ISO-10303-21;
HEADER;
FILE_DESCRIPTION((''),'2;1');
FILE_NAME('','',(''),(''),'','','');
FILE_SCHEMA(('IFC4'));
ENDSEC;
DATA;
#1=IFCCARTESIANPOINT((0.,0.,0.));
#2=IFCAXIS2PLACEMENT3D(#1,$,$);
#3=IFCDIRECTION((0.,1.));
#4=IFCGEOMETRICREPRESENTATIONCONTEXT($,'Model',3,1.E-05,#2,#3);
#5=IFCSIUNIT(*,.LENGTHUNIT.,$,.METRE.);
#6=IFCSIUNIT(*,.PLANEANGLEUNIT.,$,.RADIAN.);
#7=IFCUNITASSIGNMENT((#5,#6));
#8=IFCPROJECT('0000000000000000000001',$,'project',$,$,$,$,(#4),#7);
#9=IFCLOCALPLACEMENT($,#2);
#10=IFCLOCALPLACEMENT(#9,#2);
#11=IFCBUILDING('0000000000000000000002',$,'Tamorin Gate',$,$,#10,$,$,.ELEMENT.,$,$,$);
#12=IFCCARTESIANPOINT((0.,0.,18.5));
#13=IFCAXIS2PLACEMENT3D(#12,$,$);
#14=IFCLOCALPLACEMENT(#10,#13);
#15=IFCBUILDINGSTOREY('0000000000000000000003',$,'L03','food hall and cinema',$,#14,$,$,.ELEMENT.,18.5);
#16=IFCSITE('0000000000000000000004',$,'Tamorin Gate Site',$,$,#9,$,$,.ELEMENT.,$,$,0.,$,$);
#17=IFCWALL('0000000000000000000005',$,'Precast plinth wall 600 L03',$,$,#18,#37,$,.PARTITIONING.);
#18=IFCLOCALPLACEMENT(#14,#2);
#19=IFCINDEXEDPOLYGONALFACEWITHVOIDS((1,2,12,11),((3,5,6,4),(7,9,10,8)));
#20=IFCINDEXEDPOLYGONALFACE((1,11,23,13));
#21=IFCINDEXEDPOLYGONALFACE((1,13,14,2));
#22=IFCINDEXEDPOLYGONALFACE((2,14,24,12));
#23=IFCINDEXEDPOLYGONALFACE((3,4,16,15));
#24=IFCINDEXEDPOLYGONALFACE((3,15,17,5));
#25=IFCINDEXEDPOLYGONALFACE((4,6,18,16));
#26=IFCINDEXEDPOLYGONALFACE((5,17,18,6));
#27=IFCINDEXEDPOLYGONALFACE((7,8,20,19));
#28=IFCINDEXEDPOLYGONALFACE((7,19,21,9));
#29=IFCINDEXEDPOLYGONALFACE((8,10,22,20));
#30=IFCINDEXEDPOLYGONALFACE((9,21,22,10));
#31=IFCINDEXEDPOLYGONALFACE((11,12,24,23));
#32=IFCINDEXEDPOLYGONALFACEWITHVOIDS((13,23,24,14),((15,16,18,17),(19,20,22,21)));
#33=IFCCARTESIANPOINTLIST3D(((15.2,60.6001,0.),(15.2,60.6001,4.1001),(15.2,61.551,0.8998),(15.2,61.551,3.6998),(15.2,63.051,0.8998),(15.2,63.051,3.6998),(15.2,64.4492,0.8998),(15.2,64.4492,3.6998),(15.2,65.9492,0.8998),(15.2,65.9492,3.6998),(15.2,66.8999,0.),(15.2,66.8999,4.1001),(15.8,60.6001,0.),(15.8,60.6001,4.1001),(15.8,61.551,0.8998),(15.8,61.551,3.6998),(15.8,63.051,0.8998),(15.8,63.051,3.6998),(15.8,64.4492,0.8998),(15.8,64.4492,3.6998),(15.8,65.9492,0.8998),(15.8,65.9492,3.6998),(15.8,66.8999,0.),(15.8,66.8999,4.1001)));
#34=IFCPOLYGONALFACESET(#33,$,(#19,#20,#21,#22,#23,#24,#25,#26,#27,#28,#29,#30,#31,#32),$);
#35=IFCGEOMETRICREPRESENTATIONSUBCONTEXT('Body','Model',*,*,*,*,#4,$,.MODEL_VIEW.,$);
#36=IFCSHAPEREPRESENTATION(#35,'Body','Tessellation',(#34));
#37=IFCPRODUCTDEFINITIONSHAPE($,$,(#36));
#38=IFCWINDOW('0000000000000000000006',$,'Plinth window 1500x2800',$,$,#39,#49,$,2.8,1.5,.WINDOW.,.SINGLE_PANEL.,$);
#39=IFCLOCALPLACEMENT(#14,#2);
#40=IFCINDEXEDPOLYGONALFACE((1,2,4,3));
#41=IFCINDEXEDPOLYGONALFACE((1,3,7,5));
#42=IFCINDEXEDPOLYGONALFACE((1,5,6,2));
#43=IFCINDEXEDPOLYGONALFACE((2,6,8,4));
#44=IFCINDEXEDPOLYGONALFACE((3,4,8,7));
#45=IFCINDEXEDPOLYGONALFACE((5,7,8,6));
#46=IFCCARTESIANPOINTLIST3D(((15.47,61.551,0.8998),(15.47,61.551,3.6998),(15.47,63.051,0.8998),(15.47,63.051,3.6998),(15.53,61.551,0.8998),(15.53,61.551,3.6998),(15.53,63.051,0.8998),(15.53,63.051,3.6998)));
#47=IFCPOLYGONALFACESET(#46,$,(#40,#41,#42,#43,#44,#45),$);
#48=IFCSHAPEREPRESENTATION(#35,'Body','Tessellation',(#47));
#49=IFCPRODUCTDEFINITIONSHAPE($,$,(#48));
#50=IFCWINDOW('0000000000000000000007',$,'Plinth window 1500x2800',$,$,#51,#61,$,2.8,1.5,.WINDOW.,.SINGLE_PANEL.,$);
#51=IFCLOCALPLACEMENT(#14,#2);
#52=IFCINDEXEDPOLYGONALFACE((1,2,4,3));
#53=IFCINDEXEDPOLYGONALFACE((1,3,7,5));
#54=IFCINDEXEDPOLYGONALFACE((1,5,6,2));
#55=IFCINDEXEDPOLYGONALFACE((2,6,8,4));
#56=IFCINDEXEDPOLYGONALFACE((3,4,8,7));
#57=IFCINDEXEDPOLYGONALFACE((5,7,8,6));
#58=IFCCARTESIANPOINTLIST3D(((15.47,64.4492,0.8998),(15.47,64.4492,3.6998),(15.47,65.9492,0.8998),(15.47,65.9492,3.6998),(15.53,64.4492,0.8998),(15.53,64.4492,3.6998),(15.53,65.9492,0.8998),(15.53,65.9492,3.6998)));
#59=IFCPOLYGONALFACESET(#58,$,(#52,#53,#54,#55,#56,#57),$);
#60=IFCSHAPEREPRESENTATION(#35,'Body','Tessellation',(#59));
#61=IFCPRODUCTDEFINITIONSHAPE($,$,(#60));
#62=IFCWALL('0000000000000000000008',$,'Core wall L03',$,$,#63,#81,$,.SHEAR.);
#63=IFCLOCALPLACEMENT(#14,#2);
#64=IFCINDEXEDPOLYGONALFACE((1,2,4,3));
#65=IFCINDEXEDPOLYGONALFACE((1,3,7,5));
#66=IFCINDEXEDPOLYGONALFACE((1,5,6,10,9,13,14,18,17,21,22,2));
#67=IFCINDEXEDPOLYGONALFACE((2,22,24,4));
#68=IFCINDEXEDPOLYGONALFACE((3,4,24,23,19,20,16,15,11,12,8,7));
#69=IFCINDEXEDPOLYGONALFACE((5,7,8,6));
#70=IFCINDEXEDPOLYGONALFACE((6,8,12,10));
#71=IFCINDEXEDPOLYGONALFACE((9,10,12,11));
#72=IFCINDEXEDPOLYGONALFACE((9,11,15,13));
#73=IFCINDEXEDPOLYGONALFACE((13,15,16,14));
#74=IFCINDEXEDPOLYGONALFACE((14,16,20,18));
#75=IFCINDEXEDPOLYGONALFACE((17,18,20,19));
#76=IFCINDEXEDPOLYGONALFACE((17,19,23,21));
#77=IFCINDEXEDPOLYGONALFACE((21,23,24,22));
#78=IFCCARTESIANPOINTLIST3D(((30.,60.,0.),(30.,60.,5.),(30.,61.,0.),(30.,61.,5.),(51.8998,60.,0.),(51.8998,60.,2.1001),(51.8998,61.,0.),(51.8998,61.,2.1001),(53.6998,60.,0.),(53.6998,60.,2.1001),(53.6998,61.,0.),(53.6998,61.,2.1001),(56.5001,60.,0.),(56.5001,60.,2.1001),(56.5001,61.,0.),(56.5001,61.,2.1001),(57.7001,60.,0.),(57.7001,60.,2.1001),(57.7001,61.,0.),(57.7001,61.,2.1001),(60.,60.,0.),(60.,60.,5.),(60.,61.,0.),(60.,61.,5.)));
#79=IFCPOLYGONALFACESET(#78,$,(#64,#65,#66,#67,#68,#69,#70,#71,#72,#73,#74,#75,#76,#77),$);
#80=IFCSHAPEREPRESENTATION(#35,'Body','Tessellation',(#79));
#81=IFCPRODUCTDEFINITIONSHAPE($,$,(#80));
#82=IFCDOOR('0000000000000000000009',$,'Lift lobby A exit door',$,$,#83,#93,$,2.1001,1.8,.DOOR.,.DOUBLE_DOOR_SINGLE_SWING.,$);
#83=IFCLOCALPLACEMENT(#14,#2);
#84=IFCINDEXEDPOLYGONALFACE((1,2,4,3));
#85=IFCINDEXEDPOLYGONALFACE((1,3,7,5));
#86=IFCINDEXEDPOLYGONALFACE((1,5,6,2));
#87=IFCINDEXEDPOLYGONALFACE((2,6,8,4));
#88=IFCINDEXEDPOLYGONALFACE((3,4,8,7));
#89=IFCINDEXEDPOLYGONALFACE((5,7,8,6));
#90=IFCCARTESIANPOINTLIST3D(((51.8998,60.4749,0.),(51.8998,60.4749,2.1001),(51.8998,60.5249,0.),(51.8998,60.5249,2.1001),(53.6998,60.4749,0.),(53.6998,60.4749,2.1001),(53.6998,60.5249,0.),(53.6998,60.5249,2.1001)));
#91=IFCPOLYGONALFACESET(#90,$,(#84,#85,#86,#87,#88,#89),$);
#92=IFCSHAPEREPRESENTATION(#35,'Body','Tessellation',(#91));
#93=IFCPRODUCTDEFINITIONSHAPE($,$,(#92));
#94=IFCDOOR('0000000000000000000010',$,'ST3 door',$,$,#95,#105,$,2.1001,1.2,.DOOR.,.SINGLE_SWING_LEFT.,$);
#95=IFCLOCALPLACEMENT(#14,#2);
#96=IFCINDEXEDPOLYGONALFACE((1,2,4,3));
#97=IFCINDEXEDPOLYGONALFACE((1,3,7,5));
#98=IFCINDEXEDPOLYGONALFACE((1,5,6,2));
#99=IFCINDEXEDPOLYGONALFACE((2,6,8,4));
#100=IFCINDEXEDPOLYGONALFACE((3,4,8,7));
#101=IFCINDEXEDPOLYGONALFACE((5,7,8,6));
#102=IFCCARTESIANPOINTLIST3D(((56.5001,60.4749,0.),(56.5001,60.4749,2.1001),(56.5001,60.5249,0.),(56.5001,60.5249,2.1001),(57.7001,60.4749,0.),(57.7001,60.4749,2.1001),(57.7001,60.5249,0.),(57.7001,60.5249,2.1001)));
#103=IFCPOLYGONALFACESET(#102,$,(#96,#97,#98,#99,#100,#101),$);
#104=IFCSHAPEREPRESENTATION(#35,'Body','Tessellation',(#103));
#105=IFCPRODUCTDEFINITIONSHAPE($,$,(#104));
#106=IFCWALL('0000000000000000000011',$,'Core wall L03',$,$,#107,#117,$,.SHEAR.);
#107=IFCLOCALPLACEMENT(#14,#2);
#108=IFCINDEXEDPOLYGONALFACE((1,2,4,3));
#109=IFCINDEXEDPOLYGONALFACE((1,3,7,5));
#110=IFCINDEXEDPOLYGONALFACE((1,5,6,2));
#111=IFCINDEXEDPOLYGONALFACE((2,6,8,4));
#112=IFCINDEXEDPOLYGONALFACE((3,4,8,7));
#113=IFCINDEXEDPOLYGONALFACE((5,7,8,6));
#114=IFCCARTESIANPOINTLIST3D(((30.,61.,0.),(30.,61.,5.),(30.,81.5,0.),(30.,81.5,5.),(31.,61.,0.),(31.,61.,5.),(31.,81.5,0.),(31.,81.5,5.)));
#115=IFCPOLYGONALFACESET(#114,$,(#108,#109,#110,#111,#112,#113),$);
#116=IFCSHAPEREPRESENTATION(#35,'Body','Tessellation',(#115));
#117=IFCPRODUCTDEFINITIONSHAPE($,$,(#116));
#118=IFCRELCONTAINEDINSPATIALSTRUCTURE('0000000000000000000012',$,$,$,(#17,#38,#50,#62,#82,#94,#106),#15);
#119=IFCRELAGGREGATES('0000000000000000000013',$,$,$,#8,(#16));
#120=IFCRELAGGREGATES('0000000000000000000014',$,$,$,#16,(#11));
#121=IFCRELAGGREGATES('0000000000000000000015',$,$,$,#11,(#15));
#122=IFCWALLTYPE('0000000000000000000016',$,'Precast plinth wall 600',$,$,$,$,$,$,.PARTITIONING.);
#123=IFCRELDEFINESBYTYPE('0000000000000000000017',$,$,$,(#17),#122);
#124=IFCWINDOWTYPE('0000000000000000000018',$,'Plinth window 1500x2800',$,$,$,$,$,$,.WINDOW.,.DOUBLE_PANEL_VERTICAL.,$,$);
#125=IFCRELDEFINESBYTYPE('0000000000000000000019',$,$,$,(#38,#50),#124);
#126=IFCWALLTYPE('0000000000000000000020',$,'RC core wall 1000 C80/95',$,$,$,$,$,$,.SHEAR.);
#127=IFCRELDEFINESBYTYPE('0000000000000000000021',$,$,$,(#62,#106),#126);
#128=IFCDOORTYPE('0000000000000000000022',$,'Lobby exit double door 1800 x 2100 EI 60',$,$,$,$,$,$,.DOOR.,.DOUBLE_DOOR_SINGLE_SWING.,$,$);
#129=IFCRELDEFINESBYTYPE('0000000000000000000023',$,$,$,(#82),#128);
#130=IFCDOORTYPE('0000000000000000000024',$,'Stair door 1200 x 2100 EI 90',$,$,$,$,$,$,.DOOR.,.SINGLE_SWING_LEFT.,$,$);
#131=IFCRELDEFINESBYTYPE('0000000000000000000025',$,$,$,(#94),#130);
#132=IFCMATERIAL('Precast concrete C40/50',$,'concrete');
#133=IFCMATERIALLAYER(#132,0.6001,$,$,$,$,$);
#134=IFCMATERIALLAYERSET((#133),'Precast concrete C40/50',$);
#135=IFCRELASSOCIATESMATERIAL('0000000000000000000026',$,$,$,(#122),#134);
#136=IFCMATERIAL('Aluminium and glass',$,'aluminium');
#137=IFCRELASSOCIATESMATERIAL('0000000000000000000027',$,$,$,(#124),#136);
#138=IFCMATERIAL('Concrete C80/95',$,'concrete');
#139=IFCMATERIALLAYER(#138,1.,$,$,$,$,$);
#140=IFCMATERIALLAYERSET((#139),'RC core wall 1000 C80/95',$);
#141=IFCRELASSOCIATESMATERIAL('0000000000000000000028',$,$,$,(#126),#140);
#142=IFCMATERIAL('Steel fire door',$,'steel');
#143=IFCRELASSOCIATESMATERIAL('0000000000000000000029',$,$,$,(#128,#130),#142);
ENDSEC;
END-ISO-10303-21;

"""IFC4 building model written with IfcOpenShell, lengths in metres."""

from ifc_helpers import new_model, si_unit, direction, frame, frame_2d, origin, place, context, subcontext, project, spatial, rectangle, extrude, material, layer, layer_set, type_object, element, fill, save


model = new_model("IFC4")

# Units and contexts
model_context = context("Model", 3, precision=1e-05, world=origin(), true_north=direction((0.0, 1.0)))
body_context = subcontext(model_context, "Body", "Model", "MODEL_VIEW")
ifc_project = project(units=[si_unit("LENGTHUNIT", "METRE"), si_unit("PLANEANGLEUNIT", "RADIAN")], contexts=[model_context])

# Site, building, storey
site_placement = place(None, origin())
site = spatial("IfcSite", under=ifc_project, at=site_placement, Name="Tamorin Gate Site", CompositionType="ELEMENT", RefElevation=0.0)
building_placement = place(site_placement, origin())
building = spatial("IfcBuilding", under=site, at=building_placement, Name="Tamorin Gate", CompositionType="ELEMENT")
storey_placement = place(building_placement, frame((0.0, 0.0, 18.5)))
storey = spatial("IfcBuildingStorey", under=building, at=storey_placement, Name="L03", Description="food hall and cinema", CompositionType="ELEMENT", Elevation=18.5)

# Shared definitions
ifc_material_1 = material(Name="Concrete C80/95", Category="concrete")

# Wall, openings, windows
ifc_material_2 = material(Name="Precast concrete C40/50", Category="concrete")
ifc_layer_1 = layer(ifc_material_2, 0.6001)
ifc_layer_set_1 = layer_set([ifc_layer_1], Name="Precast concrete C40/50")
wall_type_1 = type_object("IfcWallType", Name="Precast plinth wall 600", PredefinedType="PARTITIONING", material=ifc_layer_set_1)
ifc_material_3 = material(Name="Aluminium and glass", Category="aluminium")
window_type = type_object("IfcWindowType", Name="Plinth window 1500x2800", PartitioningType="DOUBLE_PANEL_VERTICAL", PredefinedType="WINDOW", material=ifc_material_3)
wall_1_placement = place(storey_placement, frame((15.5, 60.6001, 0.0), z_axis=(0.0, 0.0, 1.0), x_axis=(0.0, 1.0, 0.0)))
wall_1 = element("IfcWall", 1, at=wall_1_placement, inside=storey, type_object=wall_type_1, Name="Precast plinth wall 600 L03", PredefinedType="PARTITIONING", context=body_context, shape_type="SweptSolid", body=[
    extrude(rectangle(XDim=6.2998, YDim=0.6001, at=frame_2d((3.1499, 0.0))), origin(), (0.0, 0.0, 1.0), 4.1001),
])
opening_1_placement = place(wall_1_placement, frame((0.9509, 0.0, 0.8999)))
opening_1 = element("IfcOpeningElement", 2, at=opening_1_placement, cuts=wall_1, PredefinedType="OPENING", context=body_context, shape_type="SweptSolid", body=[
    extrude(rectangle(XDim=1.5, YDim=2.8, at=frame_2d((0.75, 1.3999))), frame((0.0, 0.3101, 0.0), z_axis=(0.0, -1.0, 0.0), x_axis=(1.0, 0.0, 0.0)), (0.0, 0.0, 1.0), 0.6201),
])
opening_2_placement = place(wall_1_placement, frame((3.8491, 0.0, 0.8999)))
opening_2 = element("IfcOpeningElement", 3, at=opening_2_placement, cuts=wall_1, PredefinedType="OPENING", context=body_context, shape_type="SweptSolid", body=[
    extrude(rectangle(XDim=1.5, YDim=2.8, at=frame_2d((0.75, 1.3999))), frame((0.0, 0.3101, 0.0), z_axis=(0.0, -1.0, 0.0), x_axis=(1.0, 0.0, 0.0)), (0.0, 0.0, 1.0), 0.6201),
])
window_1_placement = place(opening_1_placement, origin())
window_1 = element("IfcWindow", 4, at=window_1_placement, inside=storey, type_object=window_type, Name="Plinth window 1500x2800", OverallHeight=2.8, OverallWidth=1.5, PartitioningType="SINGLE_PANEL", PredefinedType="WINDOW", context=body_context, shape_type="SweptSolid", body=[
    extrude(rectangle(XDim=1.5, YDim=2.8, at=frame_2d((0.75, 1.3999))), frame((0.0, 0.03, 0.0), z_axis=(0.0, -1.0, 0.0), x_axis=(1.0, 0.0, 0.0)), (0.0, 0.0, 1.0), 0.0601),
])
fill(opening_1, window_1)
window_2_placement = place(opening_2_placement, origin())
window_2 = element("IfcWindow", 5, at=window_2_placement, inside=storey, type_object=window_type, Name="Plinth window 1500x2800", OverallHeight=2.8, OverallWidth=1.5, PartitioningType="SINGLE_PANEL", PredefinedType="WINDOW", context=body_context, shape_type="SweptSolid", body=[
    extrude(rectangle(XDim=1.5, YDim=2.8, at=frame_2d((0.75, 1.3999))), frame((0.0, 0.03, 0.0), z_axis=(0.0, -1.0, 0.0), x_axis=(1.0, 0.0, 0.0)), (0.0, 0.0, 1.0), 0.0601),
])
fill(opening_2, window_2)

# Wall, openings, doors
ifc_layer_2 = layer(ifc_material_1, 1.0)
ifc_layer_set_2 = layer_set([ifc_layer_2], Name="RC core wall 1000 C80/95")
wall_type_2 = type_object("IfcWallType", Name="RC core wall 1000 C80/95", PredefinedType="SHEAR", material=ifc_layer_set_2)
wall_2_placement = place(storey_placement, frame((30.0, 60.5, 0.0), z_axis=(0.0, 0.0, 1.0), x_axis=(1.0, 0.0, 0.0)))
wall_2 = element("IfcWall", 6, at=wall_2_placement, inside=storey, type_object=wall_type_2, Name="Core wall L03", PredefinedType="SHEAR", context=body_context, shape_type="SweptSolid", body=[
    extrude(rectangle(XDim=30.0, YDim=1.0, at=frame_2d((15.0, 0.0))), origin(), (0.0, 0.0, 1.0), 5.0),
])
opening_3_placement = place(wall_2_placement, frame((21.8999, 0.0, 0.0)))
opening_3 = element("IfcOpeningElement", 7, at=opening_3_placement, cuts=wall_2, PredefinedType="OPENING", context=body_context, shape_type="SweptSolid", body=[
    extrude(rectangle(XDim=1.8, YDim=2.1001, at=frame_2d((0.8999, 1.05))), frame((0.0, 0.51, 0.0), z_axis=(0.0, -1.0, 0.0), x_axis=(1.0, 0.0, 0.0)), (0.0, 0.0, 1.0), 1.02),
])
opening_4_placement = place(wall_2_placement, frame((26.5, 0.0, 0.0)))
opening_4 = element("IfcOpeningElement", 8, at=opening_4_placement, cuts=wall_2, PredefinedType="OPENING", context=body_context, shape_type="SweptSolid", body=[
    extrude(rectangle(XDim=1.2, YDim=2.1001, at=frame_2d((0.6001, 1.05))), frame((0.0, 0.51, 0.0), z_axis=(0.0, -1.0, 0.0), x_axis=(1.0, 0.0, 0.0)), (0.0, 0.0, 1.0), 1.02),
])
ifc_material_4 = material(Name="Steel fire door", Category="steel")
door_type_1 = type_object("IfcDoorType", Name="Lobby exit double door 1800 x 2100 EI 60", OperationType="DOUBLE_DOOR_SINGLE_SWING", PredefinedType="DOOR", material=ifc_material_4)
door_1_placement = place(opening_3_placement, origin())
door_1 = element("IfcDoor", 9, at=door_1_placement, inside=storey, type_object=door_type_1, Name="Lift lobby A exit door", OperationType="DOUBLE_DOOR_SINGLE_SWING", OverallHeight=2.1001, OverallWidth=1.8, PredefinedType="DOOR", context=body_context, shape_type="SweptSolid", body=[
    extrude(rectangle(XDim=1.8, YDim=2.1001, at=frame_2d((0.8999, 1.05))), frame((0.0, 0.0249, 0.0), z_axis=(0.0, -1.0, 0.0), x_axis=(1.0, 0.0, 0.0)), (0.0, 0.0, 1.0), 0.05),
])
fill(opening_3, door_1)
door_type_2 = type_object("IfcDoorType", Name="Stair door 1200 x 2100 EI 90", OperationType="SINGLE_SWING_LEFT", PredefinedType="DOOR", material=ifc_material_4)
door_2_placement = place(opening_4_placement, origin())
door_2 = element("IfcDoor", 10, at=door_2_placement, inside=storey, type_object=door_type_2, Name="ST3 door", OperationType="SINGLE_SWING_LEFT", OverallHeight=2.1001, OverallWidth=1.2, PredefinedType="DOOR", context=body_context, shape_type="SweptSolid", body=[
    extrude(rectangle(XDim=1.2, YDim=2.1001, at=frame_2d((0.6001, 1.05))), frame((0.0, 0.0249, 0.0), z_axis=(0.0, -1.0, 0.0), x_axis=(1.0, 0.0, 0.0)), (0.0, 0.0, 1.0), 0.05),
])
fill(opening_4, door_2)

# Wall
wall_3_placement = place(storey_placement, frame((30.5, 61.0, 0.0), z_axis=(0.0, 0.0, 1.0), x_axis=(0.0, 1.0, 0.0)))
element("IfcWall", 11, at=wall_3_placement, inside=storey, type_object=wall_type_2, Name="Core wall L03", PredefinedType="SHEAR", context=body_context, shape_type="SweptSolid", body=[
    extrude(rectangle(XDim=20.5, YDim=1.0, at=frame_2d((10.25, 0.0))), origin(), (0.0, 0.0, 1.0), 5.0),
])

save(model, "model.ifc")
